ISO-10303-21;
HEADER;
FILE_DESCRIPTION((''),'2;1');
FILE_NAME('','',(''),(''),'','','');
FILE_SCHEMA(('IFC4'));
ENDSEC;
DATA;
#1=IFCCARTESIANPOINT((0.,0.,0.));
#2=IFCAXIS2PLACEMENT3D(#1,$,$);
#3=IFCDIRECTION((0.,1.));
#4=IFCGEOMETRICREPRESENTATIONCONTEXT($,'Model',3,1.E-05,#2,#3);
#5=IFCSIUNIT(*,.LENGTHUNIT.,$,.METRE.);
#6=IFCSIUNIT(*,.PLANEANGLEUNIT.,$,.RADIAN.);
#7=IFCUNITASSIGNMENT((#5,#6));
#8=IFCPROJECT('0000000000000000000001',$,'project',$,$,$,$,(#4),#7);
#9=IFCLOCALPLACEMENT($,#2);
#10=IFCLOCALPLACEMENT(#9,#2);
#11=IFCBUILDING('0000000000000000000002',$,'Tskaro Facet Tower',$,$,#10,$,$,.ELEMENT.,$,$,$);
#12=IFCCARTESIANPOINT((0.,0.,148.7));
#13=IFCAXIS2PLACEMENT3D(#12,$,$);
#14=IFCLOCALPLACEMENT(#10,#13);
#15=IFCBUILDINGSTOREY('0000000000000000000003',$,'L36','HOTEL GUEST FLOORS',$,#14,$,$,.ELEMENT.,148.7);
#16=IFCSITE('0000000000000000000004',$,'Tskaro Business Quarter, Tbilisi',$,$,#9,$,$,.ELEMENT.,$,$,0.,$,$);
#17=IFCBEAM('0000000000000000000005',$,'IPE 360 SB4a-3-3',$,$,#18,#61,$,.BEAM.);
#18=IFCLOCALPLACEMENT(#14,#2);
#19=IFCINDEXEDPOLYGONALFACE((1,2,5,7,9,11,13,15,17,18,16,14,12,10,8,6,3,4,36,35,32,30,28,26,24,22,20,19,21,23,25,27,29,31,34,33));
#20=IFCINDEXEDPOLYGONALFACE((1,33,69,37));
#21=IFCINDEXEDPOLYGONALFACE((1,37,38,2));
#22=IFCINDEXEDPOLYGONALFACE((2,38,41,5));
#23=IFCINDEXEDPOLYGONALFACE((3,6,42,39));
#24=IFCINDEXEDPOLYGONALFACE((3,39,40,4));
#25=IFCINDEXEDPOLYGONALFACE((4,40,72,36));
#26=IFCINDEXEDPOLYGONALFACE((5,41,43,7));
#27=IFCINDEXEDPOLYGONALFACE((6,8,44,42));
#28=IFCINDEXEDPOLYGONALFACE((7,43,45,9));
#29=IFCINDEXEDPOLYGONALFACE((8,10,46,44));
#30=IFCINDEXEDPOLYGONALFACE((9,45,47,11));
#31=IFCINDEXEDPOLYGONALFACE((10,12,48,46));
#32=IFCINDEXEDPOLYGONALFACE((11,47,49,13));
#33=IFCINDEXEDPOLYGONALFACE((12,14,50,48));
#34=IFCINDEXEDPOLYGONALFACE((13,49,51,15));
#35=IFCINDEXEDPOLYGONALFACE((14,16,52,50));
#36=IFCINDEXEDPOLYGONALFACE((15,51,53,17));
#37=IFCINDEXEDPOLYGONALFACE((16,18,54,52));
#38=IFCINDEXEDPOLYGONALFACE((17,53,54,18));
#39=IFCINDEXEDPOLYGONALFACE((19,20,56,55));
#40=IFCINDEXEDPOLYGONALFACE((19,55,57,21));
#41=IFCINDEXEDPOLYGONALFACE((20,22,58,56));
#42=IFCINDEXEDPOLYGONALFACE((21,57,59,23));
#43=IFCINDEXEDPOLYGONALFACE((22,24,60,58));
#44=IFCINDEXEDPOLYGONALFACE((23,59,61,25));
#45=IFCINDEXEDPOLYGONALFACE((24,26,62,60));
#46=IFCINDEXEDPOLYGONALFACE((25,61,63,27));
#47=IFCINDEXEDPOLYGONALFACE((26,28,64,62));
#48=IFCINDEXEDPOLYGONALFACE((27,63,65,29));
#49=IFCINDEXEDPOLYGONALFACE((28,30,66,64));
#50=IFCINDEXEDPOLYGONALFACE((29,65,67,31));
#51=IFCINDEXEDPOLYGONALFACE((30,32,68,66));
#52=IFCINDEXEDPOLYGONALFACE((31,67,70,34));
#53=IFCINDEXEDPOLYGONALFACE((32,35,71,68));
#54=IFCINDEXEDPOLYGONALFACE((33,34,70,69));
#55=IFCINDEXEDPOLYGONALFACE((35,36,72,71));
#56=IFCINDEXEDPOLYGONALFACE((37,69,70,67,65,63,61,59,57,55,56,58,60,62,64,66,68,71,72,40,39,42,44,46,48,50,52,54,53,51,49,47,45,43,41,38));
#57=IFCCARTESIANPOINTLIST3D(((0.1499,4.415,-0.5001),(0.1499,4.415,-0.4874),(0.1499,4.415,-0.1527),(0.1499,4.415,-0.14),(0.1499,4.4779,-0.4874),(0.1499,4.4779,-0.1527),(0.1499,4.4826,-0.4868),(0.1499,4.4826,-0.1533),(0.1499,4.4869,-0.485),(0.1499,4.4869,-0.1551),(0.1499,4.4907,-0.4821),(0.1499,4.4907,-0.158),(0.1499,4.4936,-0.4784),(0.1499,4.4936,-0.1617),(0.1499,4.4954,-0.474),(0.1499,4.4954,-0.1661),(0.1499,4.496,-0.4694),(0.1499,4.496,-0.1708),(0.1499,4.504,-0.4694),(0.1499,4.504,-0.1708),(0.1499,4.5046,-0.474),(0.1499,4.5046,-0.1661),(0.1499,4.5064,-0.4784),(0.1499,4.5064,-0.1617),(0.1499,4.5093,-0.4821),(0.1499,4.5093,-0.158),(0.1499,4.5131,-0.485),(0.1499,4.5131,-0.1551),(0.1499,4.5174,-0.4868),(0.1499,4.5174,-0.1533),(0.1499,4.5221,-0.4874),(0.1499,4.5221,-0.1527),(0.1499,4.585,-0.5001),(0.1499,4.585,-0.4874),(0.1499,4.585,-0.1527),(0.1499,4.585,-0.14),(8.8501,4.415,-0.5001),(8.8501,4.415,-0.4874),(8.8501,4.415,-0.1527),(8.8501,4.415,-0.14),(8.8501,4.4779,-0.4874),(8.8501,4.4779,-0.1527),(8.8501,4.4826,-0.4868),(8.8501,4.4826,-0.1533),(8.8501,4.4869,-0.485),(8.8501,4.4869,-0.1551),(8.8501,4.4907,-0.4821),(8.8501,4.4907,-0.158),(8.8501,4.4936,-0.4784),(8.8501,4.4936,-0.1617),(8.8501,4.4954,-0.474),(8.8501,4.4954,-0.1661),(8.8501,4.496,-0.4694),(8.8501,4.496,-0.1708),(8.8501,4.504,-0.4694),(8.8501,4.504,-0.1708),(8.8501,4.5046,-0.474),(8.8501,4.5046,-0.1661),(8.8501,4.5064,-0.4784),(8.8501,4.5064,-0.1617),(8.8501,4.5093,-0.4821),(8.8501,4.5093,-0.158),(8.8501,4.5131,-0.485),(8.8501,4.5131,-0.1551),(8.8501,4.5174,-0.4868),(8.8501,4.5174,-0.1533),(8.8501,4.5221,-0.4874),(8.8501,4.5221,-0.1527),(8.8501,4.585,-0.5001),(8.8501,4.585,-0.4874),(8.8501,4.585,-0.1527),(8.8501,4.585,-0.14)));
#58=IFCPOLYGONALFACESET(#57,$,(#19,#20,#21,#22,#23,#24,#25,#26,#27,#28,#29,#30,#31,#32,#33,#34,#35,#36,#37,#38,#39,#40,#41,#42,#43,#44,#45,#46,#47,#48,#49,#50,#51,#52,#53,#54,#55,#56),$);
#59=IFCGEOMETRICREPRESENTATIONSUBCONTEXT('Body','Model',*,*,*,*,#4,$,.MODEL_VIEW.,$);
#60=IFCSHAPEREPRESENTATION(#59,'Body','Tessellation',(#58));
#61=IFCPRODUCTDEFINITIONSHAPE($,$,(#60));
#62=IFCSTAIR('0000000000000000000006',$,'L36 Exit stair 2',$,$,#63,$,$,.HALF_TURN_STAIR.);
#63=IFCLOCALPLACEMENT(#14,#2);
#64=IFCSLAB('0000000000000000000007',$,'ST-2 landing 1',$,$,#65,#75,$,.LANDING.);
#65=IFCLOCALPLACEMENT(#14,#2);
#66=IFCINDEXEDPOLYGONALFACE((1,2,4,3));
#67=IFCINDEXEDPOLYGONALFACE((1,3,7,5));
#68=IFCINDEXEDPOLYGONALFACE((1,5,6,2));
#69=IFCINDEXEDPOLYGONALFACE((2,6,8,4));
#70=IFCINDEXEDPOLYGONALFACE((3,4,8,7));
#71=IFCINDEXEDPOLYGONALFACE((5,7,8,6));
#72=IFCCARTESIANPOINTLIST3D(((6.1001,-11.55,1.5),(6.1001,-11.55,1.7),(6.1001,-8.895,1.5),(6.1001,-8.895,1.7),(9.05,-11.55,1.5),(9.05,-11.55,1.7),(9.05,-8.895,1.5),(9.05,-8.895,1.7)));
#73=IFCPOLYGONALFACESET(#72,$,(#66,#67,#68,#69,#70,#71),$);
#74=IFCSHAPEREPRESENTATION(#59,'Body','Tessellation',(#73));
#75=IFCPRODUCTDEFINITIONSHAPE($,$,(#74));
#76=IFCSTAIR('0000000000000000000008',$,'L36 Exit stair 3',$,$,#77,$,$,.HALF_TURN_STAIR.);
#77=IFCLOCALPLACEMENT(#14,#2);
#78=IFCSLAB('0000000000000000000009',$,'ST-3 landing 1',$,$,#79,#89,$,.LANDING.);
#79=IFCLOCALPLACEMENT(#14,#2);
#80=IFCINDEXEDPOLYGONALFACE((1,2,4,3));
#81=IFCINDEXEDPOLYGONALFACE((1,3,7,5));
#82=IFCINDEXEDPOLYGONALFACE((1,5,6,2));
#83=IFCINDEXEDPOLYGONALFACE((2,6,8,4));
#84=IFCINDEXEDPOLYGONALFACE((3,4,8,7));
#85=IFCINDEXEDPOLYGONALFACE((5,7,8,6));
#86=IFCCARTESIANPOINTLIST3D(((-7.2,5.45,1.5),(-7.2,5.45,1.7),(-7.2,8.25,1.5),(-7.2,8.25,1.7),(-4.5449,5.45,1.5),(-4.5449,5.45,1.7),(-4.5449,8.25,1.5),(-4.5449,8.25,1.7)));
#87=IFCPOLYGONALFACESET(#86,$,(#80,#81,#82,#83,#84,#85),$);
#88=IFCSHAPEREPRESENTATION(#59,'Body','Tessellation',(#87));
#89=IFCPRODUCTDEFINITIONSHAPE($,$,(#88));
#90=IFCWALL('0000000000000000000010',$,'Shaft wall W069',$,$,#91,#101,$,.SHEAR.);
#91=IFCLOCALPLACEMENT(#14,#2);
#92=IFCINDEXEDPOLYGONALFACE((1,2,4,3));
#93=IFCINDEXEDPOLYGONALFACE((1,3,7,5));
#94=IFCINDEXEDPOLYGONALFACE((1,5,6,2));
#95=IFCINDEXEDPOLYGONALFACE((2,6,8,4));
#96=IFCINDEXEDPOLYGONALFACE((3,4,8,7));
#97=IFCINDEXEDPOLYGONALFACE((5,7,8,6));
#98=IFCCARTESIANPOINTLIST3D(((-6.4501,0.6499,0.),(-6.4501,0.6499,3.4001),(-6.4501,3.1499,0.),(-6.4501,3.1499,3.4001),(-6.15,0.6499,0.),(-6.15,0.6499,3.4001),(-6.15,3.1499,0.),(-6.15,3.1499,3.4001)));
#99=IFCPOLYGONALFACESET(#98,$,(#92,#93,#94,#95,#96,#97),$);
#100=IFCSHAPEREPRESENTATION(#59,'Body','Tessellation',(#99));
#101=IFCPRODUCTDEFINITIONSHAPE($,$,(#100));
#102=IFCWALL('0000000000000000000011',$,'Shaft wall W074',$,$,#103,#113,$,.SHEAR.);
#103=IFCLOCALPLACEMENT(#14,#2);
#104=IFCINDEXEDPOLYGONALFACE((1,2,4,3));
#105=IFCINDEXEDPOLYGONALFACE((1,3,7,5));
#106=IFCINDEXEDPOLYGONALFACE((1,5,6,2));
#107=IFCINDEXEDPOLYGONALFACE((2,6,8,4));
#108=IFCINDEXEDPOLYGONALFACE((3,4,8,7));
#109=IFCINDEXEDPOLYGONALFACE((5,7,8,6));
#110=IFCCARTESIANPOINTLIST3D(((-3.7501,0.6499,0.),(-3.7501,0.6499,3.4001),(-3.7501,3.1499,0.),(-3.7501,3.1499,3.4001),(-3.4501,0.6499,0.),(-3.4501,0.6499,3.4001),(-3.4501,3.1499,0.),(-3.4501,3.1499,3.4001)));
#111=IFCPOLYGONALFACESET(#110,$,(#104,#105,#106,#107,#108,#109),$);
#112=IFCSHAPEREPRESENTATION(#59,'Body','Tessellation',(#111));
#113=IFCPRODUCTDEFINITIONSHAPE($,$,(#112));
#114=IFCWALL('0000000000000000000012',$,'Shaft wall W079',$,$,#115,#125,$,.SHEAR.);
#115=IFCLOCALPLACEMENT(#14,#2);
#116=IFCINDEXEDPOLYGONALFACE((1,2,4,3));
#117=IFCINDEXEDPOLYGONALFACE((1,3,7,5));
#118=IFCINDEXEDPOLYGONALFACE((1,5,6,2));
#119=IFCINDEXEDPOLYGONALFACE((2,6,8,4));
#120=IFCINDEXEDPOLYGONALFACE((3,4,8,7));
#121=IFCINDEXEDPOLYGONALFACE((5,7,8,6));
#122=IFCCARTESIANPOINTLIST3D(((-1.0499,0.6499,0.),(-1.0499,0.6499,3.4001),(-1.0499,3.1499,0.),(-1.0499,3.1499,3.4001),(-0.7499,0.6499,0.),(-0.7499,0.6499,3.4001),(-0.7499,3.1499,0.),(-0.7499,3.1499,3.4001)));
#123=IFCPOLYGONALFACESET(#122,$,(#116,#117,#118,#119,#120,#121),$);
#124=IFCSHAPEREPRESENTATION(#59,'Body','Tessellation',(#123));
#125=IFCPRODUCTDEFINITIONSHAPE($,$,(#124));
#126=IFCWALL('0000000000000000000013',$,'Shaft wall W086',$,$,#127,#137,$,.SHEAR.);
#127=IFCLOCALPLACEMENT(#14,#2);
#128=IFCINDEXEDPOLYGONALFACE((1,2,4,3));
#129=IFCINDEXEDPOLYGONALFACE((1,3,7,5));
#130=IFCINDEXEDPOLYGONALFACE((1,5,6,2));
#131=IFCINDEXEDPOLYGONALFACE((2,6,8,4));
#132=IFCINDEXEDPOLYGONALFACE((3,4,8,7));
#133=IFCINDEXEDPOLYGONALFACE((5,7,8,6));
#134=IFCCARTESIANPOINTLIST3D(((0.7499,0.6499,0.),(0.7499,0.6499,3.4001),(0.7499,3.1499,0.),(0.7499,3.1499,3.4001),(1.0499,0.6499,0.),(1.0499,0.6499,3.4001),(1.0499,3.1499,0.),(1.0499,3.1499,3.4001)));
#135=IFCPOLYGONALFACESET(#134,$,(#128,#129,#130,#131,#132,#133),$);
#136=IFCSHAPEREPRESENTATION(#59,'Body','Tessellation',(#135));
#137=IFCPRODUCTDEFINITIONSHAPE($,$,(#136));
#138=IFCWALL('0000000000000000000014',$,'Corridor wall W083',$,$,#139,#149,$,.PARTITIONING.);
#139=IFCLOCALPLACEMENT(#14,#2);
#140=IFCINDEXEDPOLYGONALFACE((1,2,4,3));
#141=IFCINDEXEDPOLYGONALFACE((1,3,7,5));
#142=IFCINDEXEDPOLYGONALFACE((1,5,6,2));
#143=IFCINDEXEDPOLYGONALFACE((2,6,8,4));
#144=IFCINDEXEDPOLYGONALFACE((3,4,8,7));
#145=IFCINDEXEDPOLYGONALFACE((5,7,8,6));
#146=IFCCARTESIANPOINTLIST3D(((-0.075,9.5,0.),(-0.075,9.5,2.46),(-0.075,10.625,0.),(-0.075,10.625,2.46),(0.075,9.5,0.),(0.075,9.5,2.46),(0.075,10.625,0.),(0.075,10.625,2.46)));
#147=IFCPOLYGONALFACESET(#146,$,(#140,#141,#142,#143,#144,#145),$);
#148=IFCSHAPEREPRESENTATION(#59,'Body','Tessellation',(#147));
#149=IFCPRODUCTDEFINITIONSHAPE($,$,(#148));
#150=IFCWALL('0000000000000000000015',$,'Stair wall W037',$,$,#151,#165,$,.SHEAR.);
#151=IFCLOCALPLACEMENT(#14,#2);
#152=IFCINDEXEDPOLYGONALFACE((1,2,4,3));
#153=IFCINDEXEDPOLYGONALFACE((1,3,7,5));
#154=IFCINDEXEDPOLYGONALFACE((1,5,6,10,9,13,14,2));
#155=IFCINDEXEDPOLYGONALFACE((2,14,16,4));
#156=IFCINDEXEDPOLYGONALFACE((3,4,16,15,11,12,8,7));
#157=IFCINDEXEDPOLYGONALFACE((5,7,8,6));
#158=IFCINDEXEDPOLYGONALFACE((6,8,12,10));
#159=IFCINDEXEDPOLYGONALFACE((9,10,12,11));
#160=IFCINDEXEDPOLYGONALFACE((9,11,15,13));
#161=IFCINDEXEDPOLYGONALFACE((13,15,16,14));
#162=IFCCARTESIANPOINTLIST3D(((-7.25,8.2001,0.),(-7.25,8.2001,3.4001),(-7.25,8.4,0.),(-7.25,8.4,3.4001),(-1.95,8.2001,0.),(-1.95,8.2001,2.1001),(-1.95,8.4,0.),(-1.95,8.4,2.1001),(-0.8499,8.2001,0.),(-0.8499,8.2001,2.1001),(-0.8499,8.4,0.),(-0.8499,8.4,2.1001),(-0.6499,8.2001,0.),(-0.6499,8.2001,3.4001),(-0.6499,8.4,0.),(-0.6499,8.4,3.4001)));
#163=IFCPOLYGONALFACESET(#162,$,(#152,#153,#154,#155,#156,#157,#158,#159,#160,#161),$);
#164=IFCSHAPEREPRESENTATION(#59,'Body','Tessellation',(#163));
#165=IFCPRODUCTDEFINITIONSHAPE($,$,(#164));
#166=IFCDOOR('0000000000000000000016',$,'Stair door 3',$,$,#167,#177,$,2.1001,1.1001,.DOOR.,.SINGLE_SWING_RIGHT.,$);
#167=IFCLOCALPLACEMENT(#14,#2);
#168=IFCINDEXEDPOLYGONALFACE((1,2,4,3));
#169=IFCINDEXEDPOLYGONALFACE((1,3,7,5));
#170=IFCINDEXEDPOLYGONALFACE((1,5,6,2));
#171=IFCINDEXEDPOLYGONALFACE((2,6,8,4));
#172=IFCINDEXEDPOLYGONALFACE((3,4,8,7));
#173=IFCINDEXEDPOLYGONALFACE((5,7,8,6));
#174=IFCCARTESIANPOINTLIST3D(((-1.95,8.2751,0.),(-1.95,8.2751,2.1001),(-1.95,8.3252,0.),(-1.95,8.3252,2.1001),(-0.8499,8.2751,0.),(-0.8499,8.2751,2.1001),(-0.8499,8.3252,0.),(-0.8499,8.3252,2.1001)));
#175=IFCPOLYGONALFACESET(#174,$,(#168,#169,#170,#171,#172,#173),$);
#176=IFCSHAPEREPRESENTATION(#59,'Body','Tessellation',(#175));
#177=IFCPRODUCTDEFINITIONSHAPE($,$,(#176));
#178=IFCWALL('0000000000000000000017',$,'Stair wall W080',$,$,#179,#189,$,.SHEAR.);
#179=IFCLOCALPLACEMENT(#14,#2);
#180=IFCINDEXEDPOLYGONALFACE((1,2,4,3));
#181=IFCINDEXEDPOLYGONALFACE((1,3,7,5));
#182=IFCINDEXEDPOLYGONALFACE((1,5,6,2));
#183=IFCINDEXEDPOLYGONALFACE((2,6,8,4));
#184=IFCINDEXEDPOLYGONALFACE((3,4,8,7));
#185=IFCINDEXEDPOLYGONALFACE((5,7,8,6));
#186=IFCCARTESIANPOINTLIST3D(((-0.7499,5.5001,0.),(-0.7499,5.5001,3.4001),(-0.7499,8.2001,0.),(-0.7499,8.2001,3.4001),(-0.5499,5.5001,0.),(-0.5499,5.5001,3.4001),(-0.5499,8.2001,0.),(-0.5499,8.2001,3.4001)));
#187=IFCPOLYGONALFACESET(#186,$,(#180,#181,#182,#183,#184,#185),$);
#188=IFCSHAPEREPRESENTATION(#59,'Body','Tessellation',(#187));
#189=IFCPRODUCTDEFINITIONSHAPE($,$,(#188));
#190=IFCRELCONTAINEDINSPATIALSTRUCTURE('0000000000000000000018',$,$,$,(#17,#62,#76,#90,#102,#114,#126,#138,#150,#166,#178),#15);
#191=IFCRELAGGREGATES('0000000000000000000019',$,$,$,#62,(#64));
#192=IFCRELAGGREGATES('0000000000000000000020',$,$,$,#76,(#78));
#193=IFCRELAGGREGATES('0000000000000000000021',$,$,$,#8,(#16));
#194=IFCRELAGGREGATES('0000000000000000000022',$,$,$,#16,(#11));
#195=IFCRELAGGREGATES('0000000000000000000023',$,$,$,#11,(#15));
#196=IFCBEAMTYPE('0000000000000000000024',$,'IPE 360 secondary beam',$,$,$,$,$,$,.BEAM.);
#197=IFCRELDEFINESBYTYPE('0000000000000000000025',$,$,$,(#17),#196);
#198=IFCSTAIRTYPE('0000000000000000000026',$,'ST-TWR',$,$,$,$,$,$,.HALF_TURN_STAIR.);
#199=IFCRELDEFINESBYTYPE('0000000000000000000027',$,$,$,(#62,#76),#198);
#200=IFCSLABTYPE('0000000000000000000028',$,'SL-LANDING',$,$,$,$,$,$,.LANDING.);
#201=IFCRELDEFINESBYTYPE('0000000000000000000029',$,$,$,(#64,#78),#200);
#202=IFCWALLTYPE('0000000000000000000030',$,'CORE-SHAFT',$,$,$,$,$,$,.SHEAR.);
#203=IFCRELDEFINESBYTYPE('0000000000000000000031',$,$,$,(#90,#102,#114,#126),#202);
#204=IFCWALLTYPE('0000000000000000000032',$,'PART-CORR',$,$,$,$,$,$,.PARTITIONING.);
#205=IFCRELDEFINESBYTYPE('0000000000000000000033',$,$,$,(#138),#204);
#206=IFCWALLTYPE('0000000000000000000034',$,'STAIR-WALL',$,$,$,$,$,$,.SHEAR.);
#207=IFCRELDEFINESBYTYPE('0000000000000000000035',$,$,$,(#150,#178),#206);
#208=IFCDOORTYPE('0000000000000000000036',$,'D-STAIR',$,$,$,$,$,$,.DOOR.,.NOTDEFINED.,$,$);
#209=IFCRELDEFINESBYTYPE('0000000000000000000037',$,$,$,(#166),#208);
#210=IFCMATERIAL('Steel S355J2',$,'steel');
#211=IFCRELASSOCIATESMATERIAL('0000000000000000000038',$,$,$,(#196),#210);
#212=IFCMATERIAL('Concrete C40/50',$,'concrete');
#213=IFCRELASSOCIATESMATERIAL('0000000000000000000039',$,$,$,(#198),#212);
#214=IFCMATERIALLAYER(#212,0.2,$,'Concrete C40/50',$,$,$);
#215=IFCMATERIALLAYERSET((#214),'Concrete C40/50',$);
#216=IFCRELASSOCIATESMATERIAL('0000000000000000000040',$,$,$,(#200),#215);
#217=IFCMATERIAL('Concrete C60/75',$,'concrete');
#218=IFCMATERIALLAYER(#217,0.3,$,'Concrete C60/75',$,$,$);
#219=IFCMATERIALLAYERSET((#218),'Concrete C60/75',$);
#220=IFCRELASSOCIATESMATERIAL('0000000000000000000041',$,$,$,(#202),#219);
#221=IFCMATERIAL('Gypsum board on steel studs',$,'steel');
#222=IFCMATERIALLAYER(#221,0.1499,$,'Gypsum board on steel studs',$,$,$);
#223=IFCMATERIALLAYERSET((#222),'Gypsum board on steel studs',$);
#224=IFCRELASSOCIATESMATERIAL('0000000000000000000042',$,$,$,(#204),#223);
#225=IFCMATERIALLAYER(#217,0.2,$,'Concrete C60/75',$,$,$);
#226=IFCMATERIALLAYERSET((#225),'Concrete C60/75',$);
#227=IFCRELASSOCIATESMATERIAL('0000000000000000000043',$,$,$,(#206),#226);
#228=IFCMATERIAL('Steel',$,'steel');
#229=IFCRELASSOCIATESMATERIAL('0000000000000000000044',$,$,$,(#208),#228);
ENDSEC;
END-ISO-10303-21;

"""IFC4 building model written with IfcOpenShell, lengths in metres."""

from ifc_helpers import new_model, si_unit, direction, frame, frame_2d, origin, origin_2d, place, context, subcontext, project, spatial, polyline, rectangle, i_section, outline, extrude, material, layer, layer_set, material_profile, profile_set, type_object, element, fill, aggregate, save


model = new_model("IFC4")

# Units and contexts
model_context = context("Model", 3, precision=1e-05, world=origin(), true_north=direction((0.0, 1.0)))
body_context = subcontext(model_context, "Body", "Model", "MODEL_VIEW")
ifc_project = project(units=[si_unit("LENGTHUNIT", "METRE"), si_unit("PLANEANGLEUNIT", "RADIAN")], contexts=[model_context])

# Site, building, storey
site_placement = place(None, origin())
site = spatial("IfcSite", under=ifc_project, at=site_placement, Name="Tskaro Business Quarter, Tbilisi", CompositionType="ELEMENT", RefElevation=0.0)
building_placement = place(site_placement, origin())
building = spatial("IfcBuilding", under=site, at=building_placement, Name="Tskaro Facet Tower", CompositionType="ELEMENT")
storey_placement = place(building_placement, frame((0.0, 0.0, 148.7)))
storey = spatial("IfcBuildingStorey", under=building, at=storey_placement, Name="L36", Description="HOTEL GUEST FLOORS", CompositionType="ELEMENT", Elevation=148.7)

# Beam
ifc_material_1 = material(Name="Steel S355J2", Category="steel")
ifc_material_profile_1 = material_profile(ifc_material_1, i_section(OverallWidth=0.1699, OverallDepth=0.3601, WebThickness=0.0081, FlangeThickness=0.0127, FilletRadius=0.0181, at=origin_2d()), Name="IPE 360")
ifc_profile_set_1 = profile_set([ifc_material_profile_1], Name="Steel S355J2")
beam_type_1 = type_object("IfcBeamType", Name="IPE 360 secondary beam", PredefinedType="BEAM", material=ifc_profile_set_1)
beam_1_placement = place(storey_placement, frame((0.1499, 4.5, -0.3201), z_axis=(1.0, 0.0, 0.0), x_axis=(0.0, 1.0, 0.0)))
element("IfcBeam", 1, at=beam_1_placement, inside=storey, type_object=beam_type_1, Name="IPE 360 SB4a-3-3", PredefinedType="BEAM", context=body_context, shape_type="SweptSolid", body=[
    extrude(i_section(OverallWidth=0.1699, OverallDepth=0.3601, WebThickness=0.0081, FlangeThickness=0.0127, FilletRadius=0.0181, at=origin_2d()), origin(), (0.0, 0.0, 1.0), 8.7002),
])

# Stairs, slabs
ifc_material_2 = material(Name="Concrete C40/50", Category="concrete")
stair_type = type_object("IfcStairType", Name="ST-TWR", PredefinedType="HALF_TURN_STAIR", material=ifc_material_2)
stair_1_placement = place(storey_placement, origin())
stair_1 = element("IfcStair", 2, at=stair_1_placement, inside=storey, type_object=stair_type, Name="L36 Exit stair 2", PredefinedType="HALF_TURN_STAIR")
ifc_layer_1 = layer(ifc_material_2, 0.2, Name="Concrete C40/50")
ifc_layer_set_1 = layer_set([ifc_layer_1], Name="Concrete C40/50")
slab_type = type_object("IfcSlabType", Name="SL-LANDING", PredefinedType="LANDING", material=ifc_layer_set_1)
slab_1_placement = place(storey_placement, frame((0.0, 0.0, 1.5)))
slab_1 = element("IfcSlab", 3, at=slab_1_placement, type_object=slab_type, Name="ST-2 landing 1", PredefinedType="LANDING", context=body_context, shape_type="SweptSolid", body=[
    extrude(outline(polyline([(6.1001, -11.55), (9.05, -11.55), (9.05, -8.895), (6.1001, -8.895), (6.1001, -11.55)])), origin(), (0.0, 0.0, 1.0), 0.2),
])
aggregate(stair_1, [slab_1])
stair_2_placement = place(storey_placement, origin())
stair_2 = element("IfcStair", 4, at=stair_2_placement, inside=storey, type_object=stair_type, Name="L36 Exit stair 3", PredefinedType="HALF_TURN_STAIR")
slab_2_placement = place(storey_placement, frame((0.0, 0.0, 1.5)))
slab_2 = element("IfcSlab", 5, at=slab_2_placement, type_object=slab_type, Name="ST-3 landing 1", PredefinedType="LANDING", context=body_context, shape_type="SweptSolid", body=[
    extrude(outline(polyline([(-7.2, 5.45), (-4.5449, 5.45), (-4.5449, 8.25), (-7.2, 8.25), (-7.2, 5.45)])), origin(), (0.0, 0.0, 1.0), 0.2),
])

# Walls
ifc_material_3 = material(Name="Concrete C60/75", Category="concrete")
ifc_layer_2 = layer(ifc_material_3, 0.3, Name="Concrete C60/75")
ifc_layer_set_2 = layer_set([ifc_layer_2], Name="Concrete C60/75")
wall_type_1 = type_object("IfcWallType", Name="CORE-SHAFT", PredefinedType="SHEAR", material=ifc_layer_set_2)
for number, where, z_axis, x_axis, name in (
    (6, (-6.3, 0.6499, 0.0), (0.0, 0.0, 1.0), (0.0, 1.0, 0.0), "Shaft wall W069"),
    (7, (-3.6001, 0.6499, 0.0), (0.0, 0.0, 1.0), (0.0, 1.0, 0.0), "Shaft wall W074"),
    (8, (-0.8999, 0.6499, 0.0), (0.0, 0.0, 1.0), (0.0, 1.0, 0.0), "Shaft wall W079"),
    (9, (0.8999, 0.6499, 0.0), (0.0, 0.0, 1.0), (0.0, 1.0, 0.0), "Shaft wall W086"),
):
    element("IfcWall", number, at=place(storey_placement, frame(where, z_axis=z_axis, x_axis=x_axis)), inside=storey, type_object=wall_type_1, Name=name, PredefinedType="SHEAR", context=body_context, shape_type="SweptSolid", body=[
        extrude(rectangle(XDim=2.5, YDim=0.3, at=frame_2d((1.25, 0.0))), origin(), (0.0, 0.0, 1.0), 3.4001),
    ])
ifc_material_4 = material(Name="Gypsum board on steel studs", Category="steel")
ifc_layer_3 = layer(ifc_material_4, 0.1499, Name="Gypsum board on steel studs")
ifc_layer_set_3 = layer_set([ifc_layer_3], Name="Gypsum board on steel studs")
wall_type_2 = type_object("IfcWallType", Name="PART-CORR", PredefinedType="PARTITIONING", material=ifc_layer_set_3)
wall_1_placement = place(storey_placement, frame((0.0, 9.5, 0.0), z_axis=(0.0, 0.0, 1.0), x_axis=(0.0, 1.0, 0.0)))
element("IfcWall", 10, at=wall_1_placement, inside=storey, type_object=wall_type_2, Name="Corridor wall W083", PredefinedType="PARTITIONING", context=body_context, shape_type="SweptSolid", body=[
    extrude(rectangle(XDim=1.125, YDim=0.1499, at=frame_2d((0.5625, 0.0))), origin(), (0.0, 0.0, 1.0), 2.46),
])

# Wall, opening, door
ifc_layer_4 = layer(ifc_material_3, 0.2, Name="Concrete C60/75")
ifc_layer_set_4 = layer_set([ifc_layer_4], Name="Concrete C60/75")
wall_type_3 = type_object("IfcWallType", Name="STAIR-WALL", PredefinedType="SHEAR", material=ifc_layer_set_4)
wall_2_placement = place(storey_placement, frame((-0.6499, 8.3, 0.0), z_axis=(0.0, 0.0, 1.0), x_axis=(-1.0, 0.0, 0.0)))
wall_2 = element("IfcWall", 11, at=wall_2_placement, inside=storey, type_object=wall_type_3, Name="Stair wall W037", PredefinedType="SHEAR", context=body_context, shape_type="SweptSolid", body=[
    extrude(rectangle(XDim=6.6001, YDim=0.2, at=frame_2d((3.3, 0.0))), origin(), (0.0, 0.0, 1.0), 3.4001),
])
opening_placement = place(wall_2_placement, frame((0.2, 0.0, 0.0)))
opening = element("IfcOpeningElement", 12, at=opening_placement, cuts=wall_2, PredefinedType="OPENING", context=body_context, shape_type="SweptSolid", body=[
    extrude(rectangle(XDim=1.1001, YDim=2.1001, at=frame_2d((0.55, 1.05))), frame((0.0, 0.1099, 0.0), z_axis=(0.0, -1.0, 0.0), x_axis=(1.0, 0.0, 0.0)), (0.0, 0.0, 1.0), 0.22),
])
ifc_material_5 = material(Name="Steel", Category="steel")
door_type = type_object("IfcDoorType", Name="D-STAIR", OperationType="NOTDEFINED", PredefinedType="DOOR", material=ifc_material_5)
door_placement = place(opening_placement, origin())
door = element("IfcDoor", 13, at=door_placement, inside=storey, type_object=door_type, Name="Stair door 3", OperationType="SINGLE_SWING_RIGHT", OverallHeight=2.1001, OverallWidth=1.1001, PredefinedType="DOOR", context=body_context, shape_type="SweptSolid", body=[
    extrude(rectangle(XDim=1.1001, YDim=2.1001, at=frame_2d((0.55, 1.05))), frame((0.0, 0.0249, 0.0), z_axis=(0.0, -1.0, 0.0), x_axis=(1.0, 0.0, 0.0)), (0.0, 0.0, 1.0), 0.05),
])
fill(opening, door)

# Wall
wall_3_placement = place(storey_placement, frame((-0.6499, 5.5, 0.0), z_axis=(0.0, 0.0, 1.0), x_axis=(0.0, 1.0, 0.0)))
element("IfcWall", 14, at=wall_3_placement, inside=storey, type_object=wall_type_3, Name="Stair wall W080", PredefinedType="SHEAR", context=body_context, shape_type="SweptSolid", body=[
    extrude(rectangle(XDim=2.7, YDim=0.2, at=frame_2d((1.3501, 0.0))), origin(), (0.0, 0.0, 1.0), 3.4001),
])

aggregate(stair_2, [slab_2])

save(model, "model.ifc")
